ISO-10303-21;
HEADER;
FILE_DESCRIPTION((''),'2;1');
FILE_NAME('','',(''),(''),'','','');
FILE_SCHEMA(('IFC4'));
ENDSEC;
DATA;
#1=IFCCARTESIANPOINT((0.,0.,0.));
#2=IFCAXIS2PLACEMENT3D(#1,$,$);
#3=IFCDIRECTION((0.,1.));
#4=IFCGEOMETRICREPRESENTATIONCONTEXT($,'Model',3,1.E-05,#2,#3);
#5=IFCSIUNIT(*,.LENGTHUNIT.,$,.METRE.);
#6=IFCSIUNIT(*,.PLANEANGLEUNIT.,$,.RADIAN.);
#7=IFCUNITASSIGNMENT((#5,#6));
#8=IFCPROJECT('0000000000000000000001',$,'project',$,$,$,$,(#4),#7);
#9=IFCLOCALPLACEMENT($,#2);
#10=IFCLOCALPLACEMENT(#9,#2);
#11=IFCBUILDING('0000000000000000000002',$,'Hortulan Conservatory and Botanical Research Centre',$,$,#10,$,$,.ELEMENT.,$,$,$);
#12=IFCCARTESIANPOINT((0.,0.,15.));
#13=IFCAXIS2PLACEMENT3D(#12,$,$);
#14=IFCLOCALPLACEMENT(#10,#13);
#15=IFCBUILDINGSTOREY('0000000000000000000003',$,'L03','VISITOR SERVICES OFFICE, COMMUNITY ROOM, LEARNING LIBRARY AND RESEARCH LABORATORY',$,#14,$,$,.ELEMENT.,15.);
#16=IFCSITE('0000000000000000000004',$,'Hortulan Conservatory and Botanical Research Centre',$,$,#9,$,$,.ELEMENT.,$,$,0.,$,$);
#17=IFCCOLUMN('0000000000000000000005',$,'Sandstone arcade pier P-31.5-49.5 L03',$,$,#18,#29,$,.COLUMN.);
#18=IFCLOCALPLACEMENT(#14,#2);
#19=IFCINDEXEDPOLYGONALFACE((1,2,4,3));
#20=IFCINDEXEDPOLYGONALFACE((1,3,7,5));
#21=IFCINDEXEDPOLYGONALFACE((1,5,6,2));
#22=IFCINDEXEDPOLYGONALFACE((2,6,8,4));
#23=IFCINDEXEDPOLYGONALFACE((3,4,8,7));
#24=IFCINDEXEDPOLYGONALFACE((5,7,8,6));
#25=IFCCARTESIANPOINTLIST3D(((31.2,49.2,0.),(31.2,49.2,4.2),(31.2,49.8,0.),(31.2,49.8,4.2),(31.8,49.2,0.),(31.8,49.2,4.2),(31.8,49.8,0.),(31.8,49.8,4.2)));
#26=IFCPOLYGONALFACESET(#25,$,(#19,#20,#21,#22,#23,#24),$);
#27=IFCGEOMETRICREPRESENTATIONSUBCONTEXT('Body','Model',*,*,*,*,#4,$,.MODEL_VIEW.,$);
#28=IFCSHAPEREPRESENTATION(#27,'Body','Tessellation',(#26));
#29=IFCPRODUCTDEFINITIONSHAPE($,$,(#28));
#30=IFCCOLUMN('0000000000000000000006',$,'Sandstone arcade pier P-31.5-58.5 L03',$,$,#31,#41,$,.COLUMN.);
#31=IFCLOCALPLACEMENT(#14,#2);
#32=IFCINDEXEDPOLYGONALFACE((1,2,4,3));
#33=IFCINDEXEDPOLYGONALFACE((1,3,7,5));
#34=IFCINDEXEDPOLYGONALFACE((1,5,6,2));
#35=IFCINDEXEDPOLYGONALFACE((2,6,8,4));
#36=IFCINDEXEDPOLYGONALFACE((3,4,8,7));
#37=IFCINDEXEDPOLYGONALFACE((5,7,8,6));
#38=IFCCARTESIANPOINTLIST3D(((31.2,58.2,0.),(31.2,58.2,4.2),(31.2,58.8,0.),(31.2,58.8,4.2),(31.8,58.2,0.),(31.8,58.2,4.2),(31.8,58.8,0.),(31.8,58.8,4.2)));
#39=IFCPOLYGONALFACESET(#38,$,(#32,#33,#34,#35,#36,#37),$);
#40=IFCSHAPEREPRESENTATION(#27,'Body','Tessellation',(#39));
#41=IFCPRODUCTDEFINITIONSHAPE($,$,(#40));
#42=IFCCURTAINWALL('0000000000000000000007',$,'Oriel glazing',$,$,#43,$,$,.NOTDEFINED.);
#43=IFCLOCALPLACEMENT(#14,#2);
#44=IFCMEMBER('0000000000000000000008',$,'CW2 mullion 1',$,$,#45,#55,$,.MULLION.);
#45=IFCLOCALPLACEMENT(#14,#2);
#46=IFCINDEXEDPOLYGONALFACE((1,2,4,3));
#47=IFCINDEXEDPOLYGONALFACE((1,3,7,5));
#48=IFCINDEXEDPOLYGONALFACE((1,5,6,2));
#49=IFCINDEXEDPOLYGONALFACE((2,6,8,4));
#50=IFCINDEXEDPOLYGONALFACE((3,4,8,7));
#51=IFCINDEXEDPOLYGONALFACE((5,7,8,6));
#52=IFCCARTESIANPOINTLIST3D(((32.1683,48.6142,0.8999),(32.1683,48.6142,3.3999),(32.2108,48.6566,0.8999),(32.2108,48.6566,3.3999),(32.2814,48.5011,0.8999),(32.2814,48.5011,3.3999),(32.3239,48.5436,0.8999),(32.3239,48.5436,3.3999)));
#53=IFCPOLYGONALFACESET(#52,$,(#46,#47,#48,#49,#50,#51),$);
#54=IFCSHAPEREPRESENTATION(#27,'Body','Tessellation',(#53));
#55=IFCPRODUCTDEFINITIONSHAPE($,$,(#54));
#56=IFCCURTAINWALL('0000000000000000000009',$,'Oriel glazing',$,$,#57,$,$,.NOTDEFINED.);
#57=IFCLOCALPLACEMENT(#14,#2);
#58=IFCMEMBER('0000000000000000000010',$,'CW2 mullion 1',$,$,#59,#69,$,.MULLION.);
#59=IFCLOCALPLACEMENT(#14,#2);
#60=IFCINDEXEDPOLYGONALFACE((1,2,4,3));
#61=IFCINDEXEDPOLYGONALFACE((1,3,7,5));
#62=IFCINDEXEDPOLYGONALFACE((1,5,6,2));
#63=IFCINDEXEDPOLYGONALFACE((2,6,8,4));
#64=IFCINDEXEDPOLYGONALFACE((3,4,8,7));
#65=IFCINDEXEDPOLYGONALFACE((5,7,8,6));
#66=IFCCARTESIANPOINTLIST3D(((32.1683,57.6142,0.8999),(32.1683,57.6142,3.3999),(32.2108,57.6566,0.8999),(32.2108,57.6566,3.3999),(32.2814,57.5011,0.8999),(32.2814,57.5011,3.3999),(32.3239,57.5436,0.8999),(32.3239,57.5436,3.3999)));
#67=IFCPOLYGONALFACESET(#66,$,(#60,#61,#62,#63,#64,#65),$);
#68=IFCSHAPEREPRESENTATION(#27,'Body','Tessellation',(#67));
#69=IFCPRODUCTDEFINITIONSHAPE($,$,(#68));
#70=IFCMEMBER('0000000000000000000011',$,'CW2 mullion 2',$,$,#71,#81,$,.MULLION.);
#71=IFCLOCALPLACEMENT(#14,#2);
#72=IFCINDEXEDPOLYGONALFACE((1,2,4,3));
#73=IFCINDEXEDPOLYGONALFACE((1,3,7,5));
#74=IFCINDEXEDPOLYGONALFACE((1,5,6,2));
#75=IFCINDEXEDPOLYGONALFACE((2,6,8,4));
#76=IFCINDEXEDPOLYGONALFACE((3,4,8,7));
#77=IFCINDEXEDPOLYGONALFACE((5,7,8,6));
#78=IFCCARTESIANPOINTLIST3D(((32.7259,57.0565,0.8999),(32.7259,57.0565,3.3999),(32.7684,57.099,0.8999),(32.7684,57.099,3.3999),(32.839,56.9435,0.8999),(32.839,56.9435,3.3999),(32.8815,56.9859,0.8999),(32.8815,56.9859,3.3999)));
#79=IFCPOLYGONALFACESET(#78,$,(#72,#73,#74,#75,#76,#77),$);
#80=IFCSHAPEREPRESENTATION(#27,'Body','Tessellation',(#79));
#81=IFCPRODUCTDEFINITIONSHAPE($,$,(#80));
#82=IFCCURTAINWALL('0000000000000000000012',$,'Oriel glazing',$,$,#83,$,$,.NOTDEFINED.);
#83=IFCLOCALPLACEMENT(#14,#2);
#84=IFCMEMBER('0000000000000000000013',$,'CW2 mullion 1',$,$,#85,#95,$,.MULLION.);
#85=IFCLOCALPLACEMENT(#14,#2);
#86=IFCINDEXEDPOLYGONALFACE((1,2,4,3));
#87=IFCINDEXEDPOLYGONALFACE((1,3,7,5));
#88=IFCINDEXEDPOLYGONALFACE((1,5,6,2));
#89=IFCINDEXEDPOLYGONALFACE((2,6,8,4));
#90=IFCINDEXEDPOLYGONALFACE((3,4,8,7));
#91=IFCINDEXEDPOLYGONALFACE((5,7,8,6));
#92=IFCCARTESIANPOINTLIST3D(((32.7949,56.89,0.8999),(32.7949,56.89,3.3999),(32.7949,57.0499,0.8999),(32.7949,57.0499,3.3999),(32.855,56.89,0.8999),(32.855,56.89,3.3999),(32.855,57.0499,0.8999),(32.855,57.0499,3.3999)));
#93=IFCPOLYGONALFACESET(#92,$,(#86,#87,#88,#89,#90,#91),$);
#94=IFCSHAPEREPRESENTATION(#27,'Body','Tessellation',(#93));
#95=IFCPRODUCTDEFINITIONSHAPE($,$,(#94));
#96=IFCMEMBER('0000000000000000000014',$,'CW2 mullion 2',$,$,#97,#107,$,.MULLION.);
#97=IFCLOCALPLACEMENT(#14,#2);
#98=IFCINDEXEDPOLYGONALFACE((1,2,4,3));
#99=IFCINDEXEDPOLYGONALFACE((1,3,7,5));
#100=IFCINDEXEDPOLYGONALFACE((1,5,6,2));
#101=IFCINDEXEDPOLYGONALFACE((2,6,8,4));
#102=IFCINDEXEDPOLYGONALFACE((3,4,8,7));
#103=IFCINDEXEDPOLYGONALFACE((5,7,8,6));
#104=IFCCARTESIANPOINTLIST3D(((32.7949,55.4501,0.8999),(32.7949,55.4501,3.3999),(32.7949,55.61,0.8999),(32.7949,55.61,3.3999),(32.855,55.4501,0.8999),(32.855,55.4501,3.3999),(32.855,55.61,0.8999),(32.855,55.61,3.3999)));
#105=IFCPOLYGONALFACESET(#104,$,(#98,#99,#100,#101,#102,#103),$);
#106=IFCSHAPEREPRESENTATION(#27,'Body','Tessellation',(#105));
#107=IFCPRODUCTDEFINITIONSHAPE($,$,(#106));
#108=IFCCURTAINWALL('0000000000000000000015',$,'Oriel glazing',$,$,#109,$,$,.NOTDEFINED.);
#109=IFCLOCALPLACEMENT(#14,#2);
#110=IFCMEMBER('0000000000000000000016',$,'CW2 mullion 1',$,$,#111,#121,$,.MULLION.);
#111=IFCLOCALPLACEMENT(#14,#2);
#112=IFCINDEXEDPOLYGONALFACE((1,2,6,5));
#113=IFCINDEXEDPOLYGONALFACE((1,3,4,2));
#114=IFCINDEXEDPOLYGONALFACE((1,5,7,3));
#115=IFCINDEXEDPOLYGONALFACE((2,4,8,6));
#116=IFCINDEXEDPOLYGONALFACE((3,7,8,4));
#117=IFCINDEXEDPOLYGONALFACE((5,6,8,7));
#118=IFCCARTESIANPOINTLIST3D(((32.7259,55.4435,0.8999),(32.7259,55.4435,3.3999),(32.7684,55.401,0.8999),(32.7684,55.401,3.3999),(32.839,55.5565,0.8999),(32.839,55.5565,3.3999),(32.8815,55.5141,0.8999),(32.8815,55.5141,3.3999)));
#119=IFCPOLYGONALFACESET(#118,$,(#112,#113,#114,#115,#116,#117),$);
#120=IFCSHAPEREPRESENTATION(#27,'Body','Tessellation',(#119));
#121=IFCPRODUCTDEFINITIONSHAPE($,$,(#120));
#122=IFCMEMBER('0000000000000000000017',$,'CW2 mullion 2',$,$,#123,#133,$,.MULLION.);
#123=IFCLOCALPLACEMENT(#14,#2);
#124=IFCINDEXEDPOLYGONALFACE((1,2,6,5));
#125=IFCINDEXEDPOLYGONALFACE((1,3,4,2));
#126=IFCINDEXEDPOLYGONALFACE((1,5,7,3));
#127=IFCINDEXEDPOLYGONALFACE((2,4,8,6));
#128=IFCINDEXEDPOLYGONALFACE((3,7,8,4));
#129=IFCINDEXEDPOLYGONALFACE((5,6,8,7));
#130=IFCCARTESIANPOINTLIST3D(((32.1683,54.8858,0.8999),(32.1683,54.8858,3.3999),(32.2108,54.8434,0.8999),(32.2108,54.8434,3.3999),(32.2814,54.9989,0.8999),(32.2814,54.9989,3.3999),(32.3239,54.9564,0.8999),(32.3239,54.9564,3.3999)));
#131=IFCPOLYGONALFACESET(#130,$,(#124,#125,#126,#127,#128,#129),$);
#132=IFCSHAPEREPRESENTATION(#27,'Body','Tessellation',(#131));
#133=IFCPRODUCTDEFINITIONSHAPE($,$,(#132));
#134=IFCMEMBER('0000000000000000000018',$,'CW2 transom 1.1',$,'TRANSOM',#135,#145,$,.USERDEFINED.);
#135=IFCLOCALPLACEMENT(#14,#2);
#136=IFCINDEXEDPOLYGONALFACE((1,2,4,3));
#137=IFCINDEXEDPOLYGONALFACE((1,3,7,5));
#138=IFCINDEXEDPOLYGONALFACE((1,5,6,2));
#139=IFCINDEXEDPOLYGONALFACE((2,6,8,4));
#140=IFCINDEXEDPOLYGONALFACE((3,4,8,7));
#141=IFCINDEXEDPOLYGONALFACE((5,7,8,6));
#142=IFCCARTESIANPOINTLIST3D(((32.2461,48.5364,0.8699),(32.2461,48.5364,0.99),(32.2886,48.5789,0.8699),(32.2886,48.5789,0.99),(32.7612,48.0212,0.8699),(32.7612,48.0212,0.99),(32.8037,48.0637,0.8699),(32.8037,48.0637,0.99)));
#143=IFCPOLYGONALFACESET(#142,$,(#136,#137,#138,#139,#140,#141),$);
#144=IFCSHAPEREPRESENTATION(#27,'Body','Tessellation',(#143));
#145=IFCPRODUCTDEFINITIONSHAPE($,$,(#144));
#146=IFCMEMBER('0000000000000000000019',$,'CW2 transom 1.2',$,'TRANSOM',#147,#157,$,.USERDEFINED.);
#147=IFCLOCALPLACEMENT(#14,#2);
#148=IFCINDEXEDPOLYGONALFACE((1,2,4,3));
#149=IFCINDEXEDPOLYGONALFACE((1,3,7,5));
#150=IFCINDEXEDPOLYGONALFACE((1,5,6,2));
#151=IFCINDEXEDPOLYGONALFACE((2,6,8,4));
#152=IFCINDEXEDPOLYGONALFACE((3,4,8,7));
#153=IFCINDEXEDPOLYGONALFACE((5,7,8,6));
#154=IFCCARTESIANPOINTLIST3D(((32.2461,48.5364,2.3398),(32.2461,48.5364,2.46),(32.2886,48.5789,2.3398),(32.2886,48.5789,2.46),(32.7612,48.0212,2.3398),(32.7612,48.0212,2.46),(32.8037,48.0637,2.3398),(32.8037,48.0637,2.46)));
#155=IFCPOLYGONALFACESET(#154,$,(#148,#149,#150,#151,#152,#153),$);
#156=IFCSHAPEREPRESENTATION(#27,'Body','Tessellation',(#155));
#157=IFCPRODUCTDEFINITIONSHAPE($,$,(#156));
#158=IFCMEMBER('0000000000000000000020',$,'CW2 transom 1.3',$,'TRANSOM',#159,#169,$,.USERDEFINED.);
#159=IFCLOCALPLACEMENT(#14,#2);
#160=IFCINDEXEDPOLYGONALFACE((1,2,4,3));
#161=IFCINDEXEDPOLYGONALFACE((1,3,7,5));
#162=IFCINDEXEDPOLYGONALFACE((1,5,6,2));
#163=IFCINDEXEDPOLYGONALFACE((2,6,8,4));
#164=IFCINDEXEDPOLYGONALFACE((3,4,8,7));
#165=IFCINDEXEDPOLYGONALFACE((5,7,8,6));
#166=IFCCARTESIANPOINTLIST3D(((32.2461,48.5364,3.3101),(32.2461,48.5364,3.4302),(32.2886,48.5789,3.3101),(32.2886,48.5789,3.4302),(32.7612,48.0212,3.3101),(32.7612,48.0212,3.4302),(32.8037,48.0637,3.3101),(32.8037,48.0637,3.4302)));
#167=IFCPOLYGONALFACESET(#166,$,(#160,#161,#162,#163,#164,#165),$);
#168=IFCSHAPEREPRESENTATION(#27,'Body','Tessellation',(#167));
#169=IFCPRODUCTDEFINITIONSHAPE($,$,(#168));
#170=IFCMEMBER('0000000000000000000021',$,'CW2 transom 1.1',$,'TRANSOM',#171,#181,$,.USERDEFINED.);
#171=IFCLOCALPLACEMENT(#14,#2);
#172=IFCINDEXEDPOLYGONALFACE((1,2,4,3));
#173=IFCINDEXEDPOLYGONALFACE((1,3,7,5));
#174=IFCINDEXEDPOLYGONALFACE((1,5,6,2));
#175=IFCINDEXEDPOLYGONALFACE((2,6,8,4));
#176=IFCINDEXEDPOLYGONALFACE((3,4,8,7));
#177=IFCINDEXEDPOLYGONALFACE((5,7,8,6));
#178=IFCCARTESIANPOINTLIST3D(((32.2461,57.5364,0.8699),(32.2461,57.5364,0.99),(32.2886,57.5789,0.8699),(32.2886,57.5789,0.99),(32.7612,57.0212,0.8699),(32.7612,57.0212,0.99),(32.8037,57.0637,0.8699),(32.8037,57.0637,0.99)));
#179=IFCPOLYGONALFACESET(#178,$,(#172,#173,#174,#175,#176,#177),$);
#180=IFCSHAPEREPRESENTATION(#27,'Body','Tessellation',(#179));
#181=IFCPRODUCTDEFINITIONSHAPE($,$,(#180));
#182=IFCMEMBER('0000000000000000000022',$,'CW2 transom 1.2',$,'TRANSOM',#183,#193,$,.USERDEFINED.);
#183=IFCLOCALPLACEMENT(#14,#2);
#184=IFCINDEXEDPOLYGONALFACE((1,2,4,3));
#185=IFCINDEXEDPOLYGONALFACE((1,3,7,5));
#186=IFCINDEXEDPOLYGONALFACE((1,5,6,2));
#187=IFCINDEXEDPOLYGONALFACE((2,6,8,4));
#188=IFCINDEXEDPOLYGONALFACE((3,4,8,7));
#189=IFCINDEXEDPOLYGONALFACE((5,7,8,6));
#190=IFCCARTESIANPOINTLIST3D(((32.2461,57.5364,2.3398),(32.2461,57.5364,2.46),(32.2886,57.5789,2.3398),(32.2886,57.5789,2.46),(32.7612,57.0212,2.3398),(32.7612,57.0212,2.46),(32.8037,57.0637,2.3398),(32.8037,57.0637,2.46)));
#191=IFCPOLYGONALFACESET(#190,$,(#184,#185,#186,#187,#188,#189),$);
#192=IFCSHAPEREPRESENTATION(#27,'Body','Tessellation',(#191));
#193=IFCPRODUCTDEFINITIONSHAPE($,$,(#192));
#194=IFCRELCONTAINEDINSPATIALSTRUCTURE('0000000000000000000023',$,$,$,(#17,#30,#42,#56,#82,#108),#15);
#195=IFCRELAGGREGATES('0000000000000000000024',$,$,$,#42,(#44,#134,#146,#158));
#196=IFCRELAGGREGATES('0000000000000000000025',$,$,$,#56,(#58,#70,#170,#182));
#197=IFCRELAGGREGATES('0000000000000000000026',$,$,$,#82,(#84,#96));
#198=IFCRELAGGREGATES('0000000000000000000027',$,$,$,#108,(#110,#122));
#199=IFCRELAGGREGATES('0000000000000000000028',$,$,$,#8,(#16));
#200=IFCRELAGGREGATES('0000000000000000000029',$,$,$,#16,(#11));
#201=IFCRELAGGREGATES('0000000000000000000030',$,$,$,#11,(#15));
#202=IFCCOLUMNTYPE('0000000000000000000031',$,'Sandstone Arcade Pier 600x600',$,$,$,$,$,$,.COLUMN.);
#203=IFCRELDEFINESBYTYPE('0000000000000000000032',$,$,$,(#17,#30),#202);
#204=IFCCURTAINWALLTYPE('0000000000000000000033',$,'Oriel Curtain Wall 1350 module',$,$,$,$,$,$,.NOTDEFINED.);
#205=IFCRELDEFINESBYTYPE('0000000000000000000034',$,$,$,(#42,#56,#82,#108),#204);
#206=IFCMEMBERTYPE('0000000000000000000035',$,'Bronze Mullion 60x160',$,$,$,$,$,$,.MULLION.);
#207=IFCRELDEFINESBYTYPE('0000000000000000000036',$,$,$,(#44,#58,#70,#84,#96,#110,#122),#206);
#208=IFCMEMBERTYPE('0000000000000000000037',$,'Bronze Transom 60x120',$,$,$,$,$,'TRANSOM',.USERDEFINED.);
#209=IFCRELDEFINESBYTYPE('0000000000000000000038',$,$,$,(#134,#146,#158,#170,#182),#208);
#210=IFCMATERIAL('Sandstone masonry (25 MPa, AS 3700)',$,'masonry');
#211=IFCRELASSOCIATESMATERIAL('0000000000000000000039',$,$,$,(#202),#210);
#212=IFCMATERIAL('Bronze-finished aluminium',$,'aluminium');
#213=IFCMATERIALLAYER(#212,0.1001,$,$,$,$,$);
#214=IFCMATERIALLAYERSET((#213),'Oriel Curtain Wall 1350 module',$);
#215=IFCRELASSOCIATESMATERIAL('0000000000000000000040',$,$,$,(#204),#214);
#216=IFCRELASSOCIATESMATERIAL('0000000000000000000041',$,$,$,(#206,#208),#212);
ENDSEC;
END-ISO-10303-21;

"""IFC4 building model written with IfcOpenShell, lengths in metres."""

from ifc_helpers import new_model, si_unit, direction, frame, origin, origin_2d, place, context, subcontext, project, spatial, rectangle, extrude, material, layer, layer_set, material_profile, profile_set, type_object, element, aggregate, save


model = new_model("IFC4")

# Units and contexts
model_context = context("Model", 3, precision=1e-05, world=origin(), true_north=direction((0.0, 1.0)))
body_context = subcontext(model_context, "Body", "Model", "MODEL_VIEW")
ifc_project = project(units=[si_unit("LENGTHUNIT", "METRE"), si_unit("PLANEANGLEUNIT", "RADIAN")], contexts=[model_context])

# Site, building, storey
site_placement = place(None, origin())
site = spatial("IfcSite", under=ifc_project, at=site_placement, Name="Hortulan Conservatory and Botanical Research Centre", CompositionType="ELEMENT", RefElevation=0.0)
building_placement = place(site_placement, origin())
building = spatial("IfcBuilding", under=site, at=building_placement, Name="Hortulan Conservatory and Botanical Research Centre", CompositionType="ELEMENT")
storey_placement = place(building_placement, frame((0.0, 0.0, 15.0)))
storey = spatial("IfcBuildingStorey", under=building, at=storey_placement, Name="L03", Description="VISITOR SERVICES OFFICE, COMMUNITY ROOM, LEARNING LIBRARY AND RESEARCH LABORATORY", CompositionType="ELEMENT", Elevation=15.0)

# Columns
ifc_material_1 = material(Name="Sandstone masonry (25 MPa, AS 3700)", Category="masonry")
ifc_material_profile_1 = material_profile(ifc_material_1, rectangle(XDim=0.6001, YDim=0.6001, at=origin_2d()), Name="Square pier 600")
ifc_profile_set_1 = profile_set([ifc_material_profile_1], Name="Sandstone masonry (25 MPa, AS 3700)")
column_type = type_object("IfcColumnType", Name="Sandstone Arcade Pier 600x600", PredefinedType="COLUMN", material=ifc_profile_set_1)
for number, where, z_axis, x_axis, name in (
    (1, (31.5, 49.5, 0.0), (0.0, 0.0, 1.0), (1.0, 0.0, 0.0), "Sandstone arcade pier P-31.5-49.5 L03"),
    (2, (31.5, 58.5, 0.0), (0.0, 0.0, 1.0), (1.0, 0.0, 0.0), "Sandstone arcade pier P-31.5-58.5 L03"),
):
    element("IfcColumn", number, at=place(storey_placement, frame(where, z_axis=z_axis, x_axis=x_axis)), inside=storey, type_object=column_type, Name=name, PredefinedType="COLUMN", context=body_context, shape_type="SweptSolid", body=[
        extrude(rectangle(XDim=0.6001, YDim=0.6001, at=origin_2d()), origin(), (0.0, 0.0, 1.0), 4.2),
    ])

# Curtain wall, member
ifc_material_2 = material(Name="Bronze-finished aluminium", Category="aluminium")
ifc_layer_1 = layer(ifc_material_2, 0.1001)
ifc_layer_set_1 = layer_set([ifc_layer_1], Name="Oriel Curtain Wall 1350 module")
curtain_wall_type = type_object("IfcCurtainWallType", Name="Oriel Curtain Wall 1350 module", PredefinedType="NOTDEFINED", material=ifc_layer_set_1)
curtain_wall_1_placement = place(storey_placement, origin())
curtain_wall_1 = element("IfcCurtainWall", 3, at=curtain_wall_1_placement, inside=storey, type_object=curtain_wall_type, Name="Oriel glazing", PredefinedType="NOTDEFINED")
ifc_material_profile_2 = material_profile(ifc_material_2, rectangle(XDim=0.0601, YDim=0.1599, at=origin_2d()), Name="Bronze Mullion 60x160")
ifc_profile_set_2 = profile_set([ifc_material_profile_2], Name="Bronze-finished aluminium")
member_type_1 = type_object("IfcMemberType", Name="Bronze Mullion 60x160", PredefinedType="MULLION", material=ifc_profile_set_2)
member_1_placement = place(storey_placement, frame((32.2461, 48.5789, 0.8999), z_axis=(0.0, 0.0, 1.0), x_axis=(0.707107, 0.707107, 0.0)))
member_1 = element("IfcMember", 4, at=member_1_placement, type_object=member_type_1, Name="CW2 mullion 1", PredefinedType="MULLION", context=body_context, shape_type="SweptSolid", body=[
    extrude(rectangle(XDim=0.0601, YDim=0.1599, at=origin_2d()), origin(), (0.0, 0.0, 1.0), 2.5),
])

# Curtain walls, members
curtain_wall_2_placement = place(storey_placement, origin())
curtain_wall_2 = element("IfcCurtainWall", 5, at=curtain_wall_2_placement, inside=storey, type_object=curtain_wall_type, Name="Oriel glazing", PredefinedType="NOTDEFINED")
member_2_placement = place(storey_placement, frame((32.2461, 57.5789, 0.8999), z_axis=(0.0, 0.0, 1.0), x_axis=(0.707107, 0.707107, 0.0)))
member_2 = element("IfcMember", 6, at=member_2_placement, type_object=member_type_1, Name="CW2 mullion 1", PredefinedType="MULLION", context=body_context, shape_type="SweptSolid", body=[
    extrude(rectangle(XDim=0.0601, YDim=0.1599, at=origin_2d()), origin(), (0.0, 0.0, 1.0), 2.5),
])
member_3_placement = place(storey_placement, frame((32.8037, 57.0212, 0.8999), z_axis=(0.0, 0.0, 1.0), x_axis=(0.707107, 0.707107, 0.0)))
member_3 = element("IfcMember", 7, at=member_3_placement, type_object=member_type_1, Name="CW2 mullion 2", PredefinedType="MULLION", context=body_context, shape_type="SweptSolid", body=[
    extrude(rectangle(XDim=0.0601, YDim=0.1599, at=origin_2d()), origin(), (0.0, 0.0, 1.0), 2.5),
])
curtain_wall_3_placement = place(storey_placement, origin())
curtain_wall_3 = element("IfcCurtainWall", 8, at=curtain_wall_3_placement, inside=storey, type_object=curtain_wall_type, Name="Oriel glazing", PredefinedType="NOTDEFINED")
member_4_placement = place(storey_placement, frame((32.825, 56.97, 0.8999), z_axis=(0.0, 0.0, 1.0), x_axis=(1.0, 0.0, 0.0)))
member_4 = element("IfcMember", 9, at=member_4_placement, type_object=member_type_1, Name="CW2 mullion 1", PredefinedType="MULLION", context=body_context, shape_type="SweptSolid", body=[
    extrude(rectangle(XDim=0.0601, YDim=0.1599, at=origin_2d()), origin(), (0.0, 0.0, 1.0), 2.5),
])
member_5_placement = place(storey_placement, frame((32.825, 55.53, 0.8999), z_axis=(0.0, 0.0, 1.0), x_axis=(1.0, 0.0, 0.0)))
member_5 = element("IfcMember", 10, at=member_5_placement, type_object=member_type_1, Name="CW2 mullion 2", PredefinedType="MULLION", context=body_context, shape_type="SweptSolid", body=[
    extrude(rectangle(XDim=0.0601, YDim=0.1599, at=origin_2d()), origin(), (0.0, 0.0, 1.0), 2.5),
])
curtain_wall_4_placement = place(storey_placement, origin())
curtain_wall_4 = element("IfcCurtainWall", 11, at=curtain_wall_4_placement, inside=storey, type_object=curtain_wall_type, Name="Oriel glazing", PredefinedType="NOTDEFINED")
member_6_placement = place(storey_placement, frame((32.8037, 55.4788, 0.8999), z_axis=(0.0, 0.0, 1.0), x_axis=(0.707107, -0.707107, 0.0)))
member_6 = element("IfcMember", 12, at=member_6_placement, type_object=member_type_1, Name="CW2 mullion 1", PredefinedType="MULLION", context=body_context, shape_type="SweptSolid", body=[
    extrude(rectangle(XDim=0.0601, YDim=0.1599, at=origin_2d()), origin(), (0.0, 0.0, 1.0), 2.5),
])
member_7_placement = place(storey_placement, frame((32.2461, 54.9211, 0.8999), z_axis=(0.0, 0.0, 1.0), x_axis=(0.707107, -0.707107, 0.0)))
member_7 = element("IfcMember", 13, at=member_7_placement, type_object=member_type_1, Name="CW2 mullion 2", PredefinedType="MULLION", context=body_context, shape_type="SweptSolid", body=[
    extrude(rectangle(XDim=0.0601, YDim=0.1599, at=origin_2d()), origin(), (0.0, 0.0, 1.0), 2.5),
])

# Members
ifc_material_profile_3 = material_profile(ifc_material_2, rectangle(XDim=0.0601, YDim=0.1201, at=origin_2d()), Name="Bronze Transom 60x120")
ifc_profile_set_3 = profile_set([ifc_material_profile_3], Name="Bronze-finished aluminium")
member_type_2 = type_object("IfcMemberType", Name="Bronze Transom 60x120", ElementType="TRANSOM", PredefinedType="USERDEFINED", material=ifc_profile_set_3)
member_8_placement = place(storey_placement, frame((32.2673, 48.5576, 0.9299), z_axis=(0.707107, -0.707107, 0.0), x_axis=(0.707107, 0.707107, 0.0)))
member_8 = element("IfcMember", 14, at=member_8_placement, type_object=member_type_2, Name="CW2 transom 1.1", ObjectType="TRANSOM", PredefinedType="USERDEFINED", context=body_context, shape_type="SweptSolid", body=[
    extrude(rectangle(XDim=0.0601, YDim=0.1201, at=origin_2d()), origin(), (0.0, 0.0, 1.0), 0.7285),
])
member_9_placement = place(storey_placement, frame((32.2673, 48.5576, 2.3999), z_axis=(0.707107, -0.707107, 0.0), x_axis=(0.707107, 0.707107, 0.0)))
member_9 = element("IfcMember", 15, at=member_9_placement, type_object=member_type_2, Name="CW2 transom 1.2", ObjectType="TRANSOM", PredefinedType="USERDEFINED", context=body_context, shape_type="SweptSolid", body=[
    extrude(rectangle(XDim=0.0601, YDim=0.1201, at=origin_2d()), origin(), (0.0, 0.0, 1.0), 0.7285),
])
member_10_placement = place(storey_placement, frame((32.2673, 48.5576, 3.3701), z_axis=(0.707107, -0.707107, 0.0), x_axis=(0.707107, 0.707107, 0.0)))
member_10 = element("IfcMember", 16, at=member_10_placement, type_object=member_type_2, Name="CW2 transom 1.3", ObjectType="TRANSOM", PredefinedType="USERDEFINED", context=body_context, shape_type="SweptSolid", body=[
    extrude(rectangle(XDim=0.0601, YDim=0.1201, at=origin_2d()), origin(), (0.0, 0.0, 1.0), 0.7285),
])
aggregate(curtain_wall_1, [member_1, member_8, member_9, member_10])
member_11_placement = place(storey_placement, frame((32.2673, 57.5576, 0.9299), z_axis=(0.707107, -0.707107, 0.0), x_axis=(0.707107, 0.707107, 0.0)))
member_11 = element("IfcMember", 17, at=member_11_placement, type_object=member_type_2, Name="CW2 transom 1.1", ObjectType="TRANSOM", PredefinedType="USERDEFINED", context=body_context, shape_type="SweptSolid", body=[
    extrude(rectangle(XDim=0.0601, YDim=0.1201, at=origin_2d()), origin(), (0.0, 0.0, 1.0), 0.7285),
])
member_12_placement = place(storey_placement, frame((32.2673, 57.5576, 2.3999), z_axis=(0.707107, -0.707107, 0.0), x_axis=(0.707107, 0.707107, 0.0)))
member_12 = element("IfcMember", 18, at=member_12_placement, type_object=member_type_2, Name="CW2 transom 1.2", ObjectType="TRANSOM", PredefinedType="USERDEFINED", context=body_context, shape_type="SweptSolid", body=[
    extrude(rectangle(XDim=0.0601, YDim=0.1201, at=origin_2d()), origin(), (0.0, 0.0, 1.0), 0.7285),
])

aggregate(curtain_wall_2, [member_2, member_3, member_11, member_12])
aggregate(curtain_wall_3, [member_4, member_5])
aggregate(curtain_wall_4, [member_6, member_7])

save(model, "model.ifc")
